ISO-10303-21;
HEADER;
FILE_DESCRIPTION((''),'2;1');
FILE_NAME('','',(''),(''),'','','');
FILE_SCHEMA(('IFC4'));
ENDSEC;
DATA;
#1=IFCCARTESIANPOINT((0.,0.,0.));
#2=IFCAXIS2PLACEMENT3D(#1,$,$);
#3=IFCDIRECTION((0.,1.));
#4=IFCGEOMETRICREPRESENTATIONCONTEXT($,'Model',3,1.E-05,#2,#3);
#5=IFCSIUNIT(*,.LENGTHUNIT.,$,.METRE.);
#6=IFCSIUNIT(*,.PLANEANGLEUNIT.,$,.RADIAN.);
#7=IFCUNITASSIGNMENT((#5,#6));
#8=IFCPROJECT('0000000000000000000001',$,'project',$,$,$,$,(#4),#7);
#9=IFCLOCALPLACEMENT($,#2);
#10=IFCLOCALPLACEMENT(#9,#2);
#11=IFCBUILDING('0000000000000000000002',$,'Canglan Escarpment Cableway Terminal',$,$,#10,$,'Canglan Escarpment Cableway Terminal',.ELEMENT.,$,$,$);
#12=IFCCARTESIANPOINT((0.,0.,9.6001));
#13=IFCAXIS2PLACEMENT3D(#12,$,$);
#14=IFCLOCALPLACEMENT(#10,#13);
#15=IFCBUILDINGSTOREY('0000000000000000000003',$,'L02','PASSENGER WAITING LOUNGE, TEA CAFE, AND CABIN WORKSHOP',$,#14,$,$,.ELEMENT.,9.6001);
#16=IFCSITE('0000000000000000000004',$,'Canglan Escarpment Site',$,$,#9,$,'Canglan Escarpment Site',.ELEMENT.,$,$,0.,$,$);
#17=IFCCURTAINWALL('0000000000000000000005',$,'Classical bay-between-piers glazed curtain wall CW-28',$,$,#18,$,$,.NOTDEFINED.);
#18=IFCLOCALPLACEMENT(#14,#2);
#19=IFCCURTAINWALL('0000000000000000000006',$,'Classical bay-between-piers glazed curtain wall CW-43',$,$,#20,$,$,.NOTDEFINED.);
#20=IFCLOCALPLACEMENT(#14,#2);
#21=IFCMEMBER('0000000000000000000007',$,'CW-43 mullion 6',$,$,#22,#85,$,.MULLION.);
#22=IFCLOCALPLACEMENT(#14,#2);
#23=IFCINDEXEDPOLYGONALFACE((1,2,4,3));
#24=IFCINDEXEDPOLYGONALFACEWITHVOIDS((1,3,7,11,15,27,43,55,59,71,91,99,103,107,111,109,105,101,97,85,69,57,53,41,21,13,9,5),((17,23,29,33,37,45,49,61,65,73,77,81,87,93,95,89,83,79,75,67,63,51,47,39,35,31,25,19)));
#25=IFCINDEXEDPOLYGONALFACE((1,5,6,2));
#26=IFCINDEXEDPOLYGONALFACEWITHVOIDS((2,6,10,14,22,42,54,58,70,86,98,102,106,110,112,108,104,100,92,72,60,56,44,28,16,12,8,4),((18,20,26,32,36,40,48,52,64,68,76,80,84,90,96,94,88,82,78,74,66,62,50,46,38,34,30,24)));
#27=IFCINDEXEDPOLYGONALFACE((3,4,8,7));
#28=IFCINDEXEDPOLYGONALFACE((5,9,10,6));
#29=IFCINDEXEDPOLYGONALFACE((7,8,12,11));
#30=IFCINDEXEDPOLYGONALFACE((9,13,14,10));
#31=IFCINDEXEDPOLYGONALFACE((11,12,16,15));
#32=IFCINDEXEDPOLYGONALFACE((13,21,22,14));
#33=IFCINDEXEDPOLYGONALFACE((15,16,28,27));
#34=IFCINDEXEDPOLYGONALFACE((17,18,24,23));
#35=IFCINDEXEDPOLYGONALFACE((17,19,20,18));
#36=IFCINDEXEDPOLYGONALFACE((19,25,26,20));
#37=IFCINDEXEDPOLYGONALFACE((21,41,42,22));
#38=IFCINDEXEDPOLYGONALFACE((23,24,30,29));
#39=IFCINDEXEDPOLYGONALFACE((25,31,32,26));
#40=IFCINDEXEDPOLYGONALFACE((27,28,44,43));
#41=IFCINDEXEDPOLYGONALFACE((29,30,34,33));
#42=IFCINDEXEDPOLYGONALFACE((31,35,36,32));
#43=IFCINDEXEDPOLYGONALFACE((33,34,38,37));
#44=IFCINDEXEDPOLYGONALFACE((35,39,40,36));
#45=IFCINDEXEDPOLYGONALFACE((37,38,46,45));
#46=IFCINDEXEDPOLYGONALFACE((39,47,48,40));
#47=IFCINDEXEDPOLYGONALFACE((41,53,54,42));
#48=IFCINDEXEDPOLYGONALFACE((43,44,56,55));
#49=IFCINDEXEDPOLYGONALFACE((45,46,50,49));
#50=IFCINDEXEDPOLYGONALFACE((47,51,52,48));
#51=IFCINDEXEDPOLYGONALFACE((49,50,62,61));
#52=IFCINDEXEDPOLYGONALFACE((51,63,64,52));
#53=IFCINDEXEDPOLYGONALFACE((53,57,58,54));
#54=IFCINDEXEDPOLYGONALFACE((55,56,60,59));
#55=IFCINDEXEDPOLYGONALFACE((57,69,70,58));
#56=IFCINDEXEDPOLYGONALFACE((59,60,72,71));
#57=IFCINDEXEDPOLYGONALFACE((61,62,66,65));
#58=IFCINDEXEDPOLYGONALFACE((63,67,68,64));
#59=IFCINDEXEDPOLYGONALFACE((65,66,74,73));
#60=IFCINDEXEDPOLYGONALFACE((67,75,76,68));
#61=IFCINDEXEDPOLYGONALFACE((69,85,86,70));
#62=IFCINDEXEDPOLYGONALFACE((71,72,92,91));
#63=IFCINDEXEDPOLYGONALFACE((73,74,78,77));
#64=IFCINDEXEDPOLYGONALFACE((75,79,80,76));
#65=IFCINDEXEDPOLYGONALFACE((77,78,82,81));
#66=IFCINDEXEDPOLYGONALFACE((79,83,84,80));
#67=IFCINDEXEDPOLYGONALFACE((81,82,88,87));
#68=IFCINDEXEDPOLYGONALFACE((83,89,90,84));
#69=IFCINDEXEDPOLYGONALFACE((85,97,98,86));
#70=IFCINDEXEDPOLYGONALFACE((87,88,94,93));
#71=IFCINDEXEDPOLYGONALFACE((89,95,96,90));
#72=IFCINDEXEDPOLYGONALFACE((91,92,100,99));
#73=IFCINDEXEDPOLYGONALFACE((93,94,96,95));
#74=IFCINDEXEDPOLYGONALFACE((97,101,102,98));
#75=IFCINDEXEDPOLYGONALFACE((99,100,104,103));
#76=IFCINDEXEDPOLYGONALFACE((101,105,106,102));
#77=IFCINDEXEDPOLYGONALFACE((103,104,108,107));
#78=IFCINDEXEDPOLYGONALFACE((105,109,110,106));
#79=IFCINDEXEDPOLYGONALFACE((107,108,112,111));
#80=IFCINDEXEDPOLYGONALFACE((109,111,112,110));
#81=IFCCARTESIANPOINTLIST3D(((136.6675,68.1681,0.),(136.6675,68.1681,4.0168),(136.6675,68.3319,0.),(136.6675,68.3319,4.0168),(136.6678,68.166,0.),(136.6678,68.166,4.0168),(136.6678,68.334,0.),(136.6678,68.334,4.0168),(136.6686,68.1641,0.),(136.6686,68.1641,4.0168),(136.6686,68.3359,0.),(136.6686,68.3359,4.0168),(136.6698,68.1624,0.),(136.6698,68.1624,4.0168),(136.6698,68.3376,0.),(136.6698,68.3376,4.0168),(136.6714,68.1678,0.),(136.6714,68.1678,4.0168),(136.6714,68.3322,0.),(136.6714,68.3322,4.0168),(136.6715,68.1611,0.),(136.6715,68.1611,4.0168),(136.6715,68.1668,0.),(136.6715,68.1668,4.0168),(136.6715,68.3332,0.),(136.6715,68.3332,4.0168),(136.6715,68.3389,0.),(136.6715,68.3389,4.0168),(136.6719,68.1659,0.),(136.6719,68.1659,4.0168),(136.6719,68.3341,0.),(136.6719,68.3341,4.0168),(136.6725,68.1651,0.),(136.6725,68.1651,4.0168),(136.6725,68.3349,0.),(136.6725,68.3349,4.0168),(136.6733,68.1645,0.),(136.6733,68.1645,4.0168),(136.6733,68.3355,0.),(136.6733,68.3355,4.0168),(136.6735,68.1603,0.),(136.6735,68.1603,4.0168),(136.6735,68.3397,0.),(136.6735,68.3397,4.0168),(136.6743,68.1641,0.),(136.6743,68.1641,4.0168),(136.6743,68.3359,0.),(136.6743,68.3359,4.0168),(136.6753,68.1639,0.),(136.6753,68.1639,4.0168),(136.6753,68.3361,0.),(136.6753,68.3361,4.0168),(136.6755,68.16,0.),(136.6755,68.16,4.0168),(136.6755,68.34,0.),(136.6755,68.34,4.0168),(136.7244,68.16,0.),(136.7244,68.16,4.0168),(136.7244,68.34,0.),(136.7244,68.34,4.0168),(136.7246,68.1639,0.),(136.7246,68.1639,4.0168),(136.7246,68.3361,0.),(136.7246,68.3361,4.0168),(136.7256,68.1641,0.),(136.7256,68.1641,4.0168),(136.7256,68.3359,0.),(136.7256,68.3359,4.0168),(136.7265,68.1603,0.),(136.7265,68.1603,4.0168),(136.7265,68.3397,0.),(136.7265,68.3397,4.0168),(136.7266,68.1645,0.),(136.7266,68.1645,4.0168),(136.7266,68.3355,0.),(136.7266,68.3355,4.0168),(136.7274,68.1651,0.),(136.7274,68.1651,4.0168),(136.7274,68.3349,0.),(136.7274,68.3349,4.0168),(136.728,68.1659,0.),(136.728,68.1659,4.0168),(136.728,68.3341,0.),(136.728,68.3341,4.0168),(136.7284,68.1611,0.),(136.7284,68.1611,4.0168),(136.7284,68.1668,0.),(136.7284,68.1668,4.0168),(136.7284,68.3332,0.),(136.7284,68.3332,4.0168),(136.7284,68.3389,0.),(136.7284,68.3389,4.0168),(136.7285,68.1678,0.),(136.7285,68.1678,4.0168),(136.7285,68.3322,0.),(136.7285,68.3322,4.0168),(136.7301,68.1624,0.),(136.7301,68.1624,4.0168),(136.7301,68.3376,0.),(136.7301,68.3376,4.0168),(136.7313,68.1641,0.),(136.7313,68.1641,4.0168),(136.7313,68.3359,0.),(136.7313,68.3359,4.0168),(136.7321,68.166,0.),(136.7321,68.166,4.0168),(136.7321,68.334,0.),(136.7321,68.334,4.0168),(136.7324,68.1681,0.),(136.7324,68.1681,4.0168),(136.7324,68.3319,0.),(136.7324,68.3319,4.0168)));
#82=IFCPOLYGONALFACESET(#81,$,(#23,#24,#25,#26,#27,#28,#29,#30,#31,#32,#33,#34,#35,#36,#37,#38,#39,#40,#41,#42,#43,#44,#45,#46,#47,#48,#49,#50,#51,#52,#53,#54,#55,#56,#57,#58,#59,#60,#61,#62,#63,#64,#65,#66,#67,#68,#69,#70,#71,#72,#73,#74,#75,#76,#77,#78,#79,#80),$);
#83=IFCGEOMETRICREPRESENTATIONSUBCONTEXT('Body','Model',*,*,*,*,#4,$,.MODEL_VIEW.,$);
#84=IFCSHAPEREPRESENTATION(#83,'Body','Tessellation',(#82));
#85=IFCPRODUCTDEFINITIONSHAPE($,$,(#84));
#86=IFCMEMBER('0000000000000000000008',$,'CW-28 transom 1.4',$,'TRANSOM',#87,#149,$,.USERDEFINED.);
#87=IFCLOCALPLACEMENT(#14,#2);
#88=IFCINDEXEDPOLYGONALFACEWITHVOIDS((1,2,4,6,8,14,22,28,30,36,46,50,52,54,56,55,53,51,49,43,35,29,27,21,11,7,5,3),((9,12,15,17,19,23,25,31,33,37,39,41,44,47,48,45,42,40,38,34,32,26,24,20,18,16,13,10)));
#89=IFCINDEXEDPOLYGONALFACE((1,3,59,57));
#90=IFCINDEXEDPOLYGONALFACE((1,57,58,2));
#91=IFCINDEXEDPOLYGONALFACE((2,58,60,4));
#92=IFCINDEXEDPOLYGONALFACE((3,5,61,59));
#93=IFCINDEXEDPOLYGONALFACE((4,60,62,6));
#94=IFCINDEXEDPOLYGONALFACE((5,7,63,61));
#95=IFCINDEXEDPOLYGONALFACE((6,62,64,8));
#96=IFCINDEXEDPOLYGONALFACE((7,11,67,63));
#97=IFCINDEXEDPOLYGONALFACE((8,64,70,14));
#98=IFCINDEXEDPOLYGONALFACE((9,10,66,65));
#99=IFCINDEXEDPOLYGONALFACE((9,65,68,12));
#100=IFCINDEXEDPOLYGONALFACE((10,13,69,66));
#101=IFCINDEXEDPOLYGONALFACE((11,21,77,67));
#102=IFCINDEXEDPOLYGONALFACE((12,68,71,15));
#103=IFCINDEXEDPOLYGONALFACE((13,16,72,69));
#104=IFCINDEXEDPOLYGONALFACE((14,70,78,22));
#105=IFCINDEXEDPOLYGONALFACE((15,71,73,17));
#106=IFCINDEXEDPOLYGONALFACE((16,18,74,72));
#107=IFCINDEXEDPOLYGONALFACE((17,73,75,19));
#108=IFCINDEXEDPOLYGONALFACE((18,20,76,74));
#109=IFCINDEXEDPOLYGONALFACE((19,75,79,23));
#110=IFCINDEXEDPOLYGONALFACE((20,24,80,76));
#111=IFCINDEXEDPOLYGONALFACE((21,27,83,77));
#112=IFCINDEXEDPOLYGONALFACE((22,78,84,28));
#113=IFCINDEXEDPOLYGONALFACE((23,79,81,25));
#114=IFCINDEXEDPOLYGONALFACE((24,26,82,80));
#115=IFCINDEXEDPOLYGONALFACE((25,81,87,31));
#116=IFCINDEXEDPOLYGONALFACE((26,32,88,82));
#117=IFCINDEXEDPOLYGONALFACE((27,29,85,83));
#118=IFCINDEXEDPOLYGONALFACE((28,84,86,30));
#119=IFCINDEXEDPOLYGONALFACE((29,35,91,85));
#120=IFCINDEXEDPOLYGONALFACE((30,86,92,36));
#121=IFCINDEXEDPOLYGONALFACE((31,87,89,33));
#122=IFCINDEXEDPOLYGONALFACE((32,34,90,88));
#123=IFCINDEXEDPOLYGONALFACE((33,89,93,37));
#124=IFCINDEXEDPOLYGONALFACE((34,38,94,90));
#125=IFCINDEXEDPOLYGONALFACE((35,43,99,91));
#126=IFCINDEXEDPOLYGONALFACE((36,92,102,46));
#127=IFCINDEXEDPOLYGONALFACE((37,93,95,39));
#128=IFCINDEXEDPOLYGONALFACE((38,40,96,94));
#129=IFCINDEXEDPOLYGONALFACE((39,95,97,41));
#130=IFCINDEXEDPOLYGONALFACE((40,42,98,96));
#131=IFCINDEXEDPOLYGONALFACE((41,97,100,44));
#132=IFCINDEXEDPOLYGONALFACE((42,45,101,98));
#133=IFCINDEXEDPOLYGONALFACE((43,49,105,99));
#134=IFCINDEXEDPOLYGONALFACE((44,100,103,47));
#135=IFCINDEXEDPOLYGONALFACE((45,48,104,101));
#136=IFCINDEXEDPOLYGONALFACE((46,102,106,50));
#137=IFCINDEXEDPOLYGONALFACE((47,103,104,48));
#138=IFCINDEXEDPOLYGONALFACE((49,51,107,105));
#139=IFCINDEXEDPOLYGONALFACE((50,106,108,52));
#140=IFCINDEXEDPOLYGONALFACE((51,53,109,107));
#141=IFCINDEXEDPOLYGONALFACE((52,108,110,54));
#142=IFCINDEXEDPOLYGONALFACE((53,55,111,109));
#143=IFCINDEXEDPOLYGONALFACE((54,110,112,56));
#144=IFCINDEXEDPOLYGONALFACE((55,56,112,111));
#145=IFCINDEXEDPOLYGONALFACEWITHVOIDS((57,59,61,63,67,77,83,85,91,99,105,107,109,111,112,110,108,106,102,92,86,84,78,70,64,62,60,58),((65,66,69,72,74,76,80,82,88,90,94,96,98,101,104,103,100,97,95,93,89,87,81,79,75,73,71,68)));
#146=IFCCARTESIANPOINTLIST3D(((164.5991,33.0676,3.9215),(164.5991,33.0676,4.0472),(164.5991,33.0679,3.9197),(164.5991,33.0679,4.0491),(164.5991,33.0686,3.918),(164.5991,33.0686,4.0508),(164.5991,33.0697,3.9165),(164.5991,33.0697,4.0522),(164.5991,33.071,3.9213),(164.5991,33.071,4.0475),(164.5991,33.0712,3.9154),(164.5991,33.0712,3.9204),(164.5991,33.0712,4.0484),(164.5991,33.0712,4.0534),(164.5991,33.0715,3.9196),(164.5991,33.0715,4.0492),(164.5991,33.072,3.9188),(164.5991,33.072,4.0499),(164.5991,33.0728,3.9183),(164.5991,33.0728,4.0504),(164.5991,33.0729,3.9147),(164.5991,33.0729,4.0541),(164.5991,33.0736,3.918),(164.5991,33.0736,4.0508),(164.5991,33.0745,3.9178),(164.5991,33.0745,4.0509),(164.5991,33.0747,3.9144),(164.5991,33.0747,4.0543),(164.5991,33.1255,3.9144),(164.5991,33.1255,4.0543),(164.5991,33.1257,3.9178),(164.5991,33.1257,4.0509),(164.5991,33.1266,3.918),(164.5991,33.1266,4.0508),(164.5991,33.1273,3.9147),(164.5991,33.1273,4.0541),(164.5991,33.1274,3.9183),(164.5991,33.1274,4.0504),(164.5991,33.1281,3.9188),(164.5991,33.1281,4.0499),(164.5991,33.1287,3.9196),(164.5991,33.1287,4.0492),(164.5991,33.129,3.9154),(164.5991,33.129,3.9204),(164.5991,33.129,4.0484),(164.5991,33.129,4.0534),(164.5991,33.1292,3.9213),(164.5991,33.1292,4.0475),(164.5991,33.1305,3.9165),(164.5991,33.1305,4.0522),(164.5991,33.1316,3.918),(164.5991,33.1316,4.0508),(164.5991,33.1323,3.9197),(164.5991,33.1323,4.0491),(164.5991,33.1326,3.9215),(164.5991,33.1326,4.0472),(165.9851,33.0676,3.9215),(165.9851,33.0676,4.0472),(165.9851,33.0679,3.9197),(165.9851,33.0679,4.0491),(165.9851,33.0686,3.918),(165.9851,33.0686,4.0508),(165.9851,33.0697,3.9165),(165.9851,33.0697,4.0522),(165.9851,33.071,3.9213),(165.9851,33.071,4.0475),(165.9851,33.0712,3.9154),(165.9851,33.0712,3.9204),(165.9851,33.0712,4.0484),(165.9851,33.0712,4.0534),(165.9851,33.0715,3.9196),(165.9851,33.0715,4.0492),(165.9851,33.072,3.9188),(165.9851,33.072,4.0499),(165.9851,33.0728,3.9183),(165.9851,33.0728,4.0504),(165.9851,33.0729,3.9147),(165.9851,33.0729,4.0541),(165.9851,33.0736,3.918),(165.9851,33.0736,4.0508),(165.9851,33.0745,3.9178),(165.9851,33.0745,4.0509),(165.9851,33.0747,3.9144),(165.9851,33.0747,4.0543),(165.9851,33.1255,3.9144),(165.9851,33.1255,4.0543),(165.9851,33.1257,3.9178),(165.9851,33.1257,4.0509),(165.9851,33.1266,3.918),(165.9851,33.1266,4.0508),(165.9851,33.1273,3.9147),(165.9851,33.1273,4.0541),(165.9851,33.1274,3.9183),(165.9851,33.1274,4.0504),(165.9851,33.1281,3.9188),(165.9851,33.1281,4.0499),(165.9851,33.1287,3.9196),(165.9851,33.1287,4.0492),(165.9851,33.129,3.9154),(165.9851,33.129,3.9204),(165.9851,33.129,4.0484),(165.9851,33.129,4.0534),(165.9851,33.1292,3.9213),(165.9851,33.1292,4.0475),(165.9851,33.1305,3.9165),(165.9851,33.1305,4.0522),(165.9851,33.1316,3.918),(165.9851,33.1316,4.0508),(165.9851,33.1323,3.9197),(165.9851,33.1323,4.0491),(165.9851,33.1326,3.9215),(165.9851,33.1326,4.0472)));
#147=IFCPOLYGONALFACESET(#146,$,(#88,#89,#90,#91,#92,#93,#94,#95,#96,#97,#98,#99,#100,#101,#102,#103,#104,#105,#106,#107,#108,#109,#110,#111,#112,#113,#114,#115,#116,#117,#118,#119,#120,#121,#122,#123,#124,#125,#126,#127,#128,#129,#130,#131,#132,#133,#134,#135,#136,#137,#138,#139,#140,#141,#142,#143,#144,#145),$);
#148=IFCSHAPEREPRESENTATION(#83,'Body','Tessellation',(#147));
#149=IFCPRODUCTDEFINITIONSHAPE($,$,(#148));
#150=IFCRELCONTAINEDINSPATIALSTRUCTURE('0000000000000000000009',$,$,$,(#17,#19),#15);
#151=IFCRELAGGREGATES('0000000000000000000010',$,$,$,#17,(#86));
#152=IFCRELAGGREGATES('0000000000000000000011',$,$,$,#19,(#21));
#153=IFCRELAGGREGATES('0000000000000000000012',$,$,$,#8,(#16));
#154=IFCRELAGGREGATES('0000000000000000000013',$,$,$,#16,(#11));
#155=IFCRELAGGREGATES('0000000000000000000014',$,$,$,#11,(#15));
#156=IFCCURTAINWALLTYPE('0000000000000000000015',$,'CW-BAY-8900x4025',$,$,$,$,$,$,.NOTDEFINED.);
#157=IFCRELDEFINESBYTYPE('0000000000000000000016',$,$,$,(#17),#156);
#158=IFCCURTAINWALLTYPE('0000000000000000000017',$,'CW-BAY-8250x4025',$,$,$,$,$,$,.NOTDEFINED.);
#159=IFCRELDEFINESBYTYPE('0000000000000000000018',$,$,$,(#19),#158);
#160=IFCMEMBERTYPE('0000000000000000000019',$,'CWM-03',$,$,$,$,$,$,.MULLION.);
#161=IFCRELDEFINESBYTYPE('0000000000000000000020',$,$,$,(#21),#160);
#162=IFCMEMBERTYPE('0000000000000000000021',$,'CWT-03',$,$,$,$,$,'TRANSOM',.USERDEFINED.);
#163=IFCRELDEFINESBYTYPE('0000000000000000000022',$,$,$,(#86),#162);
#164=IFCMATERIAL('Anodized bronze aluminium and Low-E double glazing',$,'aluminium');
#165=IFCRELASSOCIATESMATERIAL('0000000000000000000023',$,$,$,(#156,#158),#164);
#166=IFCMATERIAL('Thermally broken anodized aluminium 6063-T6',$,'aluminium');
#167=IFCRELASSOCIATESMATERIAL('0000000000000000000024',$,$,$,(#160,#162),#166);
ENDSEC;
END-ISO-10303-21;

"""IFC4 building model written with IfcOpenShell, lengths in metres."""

from ifc_helpers import new_model, si_unit, direction, frame, origin, origin_2d, place, context, subcontext, project, spatial, hollow_rectangle, extrude, material, material_profile, profile_set, type_object, element, aggregate, save


model = new_model("IFC4")

# Units and contexts
model_context = context("Model", 3, precision=1e-05, world=origin(), true_north=direction((0.0, 1.0)))
body_context = subcontext(model_context, "Body", "Model", "MODEL_VIEW")
ifc_project = project(units=[si_unit("LENGTHUNIT", "METRE"), si_unit("PLANEANGLEUNIT", "RADIAN")], contexts=[model_context])

# Site, building, storey
site_placement = place(None, origin())
site = spatial("IfcSite", under=ifc_project, at=site_placement, Name="Canglan Escarpment Site", LongName="Canglan Escarpment Site", CompositionType="ELEMENT", RefElevation=0.0)
building_placement = place(site_placement, origin())
building = spatial("IfcBuilding", under=site, at=building_placement, Name="Canglan Escarpment Cableway Terminal", LongName="Canglan Escarpment Cableway Terminal", CompositionType="ELEMENT")
storey_placement = place(building_placement, frame((0.0, 0.0, 9.6001)))
storey = spatial("IfcBuildingStorey", under=building, at=storey_placement, Name="L02", Description="PASSENGER WAITING LOUNGE, TEA CAFE, AND CABIN WORKSHOP", CompositionType="ELEMENT", Elevation=9.6001)

# Curtain walls, member
ifc_material_1 = material(Name="Anodized bronze aluminium and Low-E double glazing", Category="aluminium")
curtain_wall_type_1 = type_object("IfcCurtainWallType", Name="CW-BAY-8900x4025", PredefinedType="NOTDEFINED", material=ifc_material_1)
curtain_wall_1_placement = place(storey_placement, origin())
curtain_wall_1 = element("IfcCurtainWall", 1, at=curtain_wall_1_placement, inside=storey, type_object=curtain_wall_type_1, Name="Classical bay-between-piers glazed curtain wall CW-28", PredefinedType="NOTDEFINED")
ifc_material_2 = material(Name="Thermally broken anodized aluminium 6063-T6", Category="aluminium")
ifc_material_profile_1 = material_profile(ifc_material_2, hollow_rectangle(XDim=0.0649, YDim=0.1799, WallThickness=0.0039, InnerFilletRadius=0.0039, OuterFilletRadius=0.0081, at=origin_2d()), Name="ALU-MULL 65x180x4")
ifc_profile_set_1 = profile_set([ifc_material_profile_1], Name="Thermally broken anodized aluminium 6063-T6")
member_type_1 = type_object("IfcMemberType", Name="CWM-03", PredefinedType="MULLION", material=ifc_profile_set_1)
curtain_wall_type_2 = type_object("IfcCurtainWallType", Name="CW-BAY-8250x4025", PredefinedType="NOTDEFINED", material=ifc_material_1)
curtain_wall_2_placement = place(storey_placement, origin())
curtain_wall_2 = element("IfcCurtainWall", 2, at=curtain_wall_2_placement, inside=storey, type_object=curtain_wall_type_2, Name="Classical bay-between-piers glazed curtain wall CW-43", PredefinedType="NOTDEFINED")
member_1_placement = place(storey_placement, frame((136.7, 68.25, 0.0), z_axis=(0.0, 0.0, 1.0), x_axis=(-1.0, 0.0, 0.0)))
member_1 = element("IfcMember", 3, at=member_1_placement, type_object=member_type_1, Name="CW-43 mullion 6", PredefinedType="MULLION", context=body_context, shape_type="SweptSolid", body=[
    extrude(hollow_rectangle(XDim=0.0649, YDim=0.1799, WallThickness=0.0039, InnerFilletRadius=0.0039, OuterFilletRadius=0.0081, at=origin_2d()), origin(), (0.0, 0.0, 1.0), 4.0168),
])

# Member
ifc_material_profile_2 = material_profile(ifc_material_2, hollow_rectangle(XDim=0.0649, YDim=0.1399, WallThickness=0.0034, InnerFilletRadius=0.0034, OuterFilletRadius=0.0071, at=origin_2d()), Name="ALU-TRAN 65x140x3.5")
ifc_profile_set_2 = profile_set([ifc_material_profile_2], Name="Thermally broken anodized aluminium 6063-T6")
member_type_2 = type_object("IfcMemberType", Name="CWT-03", ElementType="TRANSOM", PredefinedType="USERDEFINED", material=ifc_profile_set_2)
member_2_placement = place(storey_placement, frame((165.9851, 33.1001, 3.9844), z_axis=(-1.0, 0.0, 0.0), x_axis=(0.0, -1.0, 0.0)))
member_2 = element("IfcMember", 4, at=member_2_placement, type_object=member_type_2, Name="CW-28 transom 1.4", ObjectType="TRANSOM", PredefinedType="USERDEFINED", context=body_context, shape_type="SweptSolid", body=[
    extrude(hollow_rectangle(XDim=0.0649, YDim=0.1399, WallThickness=0.0034, InnerFilletRadius=0.0034, OuterFilletRadius=0.0071, at=origin_2d()), origin(), (0.0, 0.0, 1.0), 1.386),
])
aggregate(curtain_wall_1, [member_2])

aggregate(curtain_wall_2, [member_1])

save(model, "model.ifc")
